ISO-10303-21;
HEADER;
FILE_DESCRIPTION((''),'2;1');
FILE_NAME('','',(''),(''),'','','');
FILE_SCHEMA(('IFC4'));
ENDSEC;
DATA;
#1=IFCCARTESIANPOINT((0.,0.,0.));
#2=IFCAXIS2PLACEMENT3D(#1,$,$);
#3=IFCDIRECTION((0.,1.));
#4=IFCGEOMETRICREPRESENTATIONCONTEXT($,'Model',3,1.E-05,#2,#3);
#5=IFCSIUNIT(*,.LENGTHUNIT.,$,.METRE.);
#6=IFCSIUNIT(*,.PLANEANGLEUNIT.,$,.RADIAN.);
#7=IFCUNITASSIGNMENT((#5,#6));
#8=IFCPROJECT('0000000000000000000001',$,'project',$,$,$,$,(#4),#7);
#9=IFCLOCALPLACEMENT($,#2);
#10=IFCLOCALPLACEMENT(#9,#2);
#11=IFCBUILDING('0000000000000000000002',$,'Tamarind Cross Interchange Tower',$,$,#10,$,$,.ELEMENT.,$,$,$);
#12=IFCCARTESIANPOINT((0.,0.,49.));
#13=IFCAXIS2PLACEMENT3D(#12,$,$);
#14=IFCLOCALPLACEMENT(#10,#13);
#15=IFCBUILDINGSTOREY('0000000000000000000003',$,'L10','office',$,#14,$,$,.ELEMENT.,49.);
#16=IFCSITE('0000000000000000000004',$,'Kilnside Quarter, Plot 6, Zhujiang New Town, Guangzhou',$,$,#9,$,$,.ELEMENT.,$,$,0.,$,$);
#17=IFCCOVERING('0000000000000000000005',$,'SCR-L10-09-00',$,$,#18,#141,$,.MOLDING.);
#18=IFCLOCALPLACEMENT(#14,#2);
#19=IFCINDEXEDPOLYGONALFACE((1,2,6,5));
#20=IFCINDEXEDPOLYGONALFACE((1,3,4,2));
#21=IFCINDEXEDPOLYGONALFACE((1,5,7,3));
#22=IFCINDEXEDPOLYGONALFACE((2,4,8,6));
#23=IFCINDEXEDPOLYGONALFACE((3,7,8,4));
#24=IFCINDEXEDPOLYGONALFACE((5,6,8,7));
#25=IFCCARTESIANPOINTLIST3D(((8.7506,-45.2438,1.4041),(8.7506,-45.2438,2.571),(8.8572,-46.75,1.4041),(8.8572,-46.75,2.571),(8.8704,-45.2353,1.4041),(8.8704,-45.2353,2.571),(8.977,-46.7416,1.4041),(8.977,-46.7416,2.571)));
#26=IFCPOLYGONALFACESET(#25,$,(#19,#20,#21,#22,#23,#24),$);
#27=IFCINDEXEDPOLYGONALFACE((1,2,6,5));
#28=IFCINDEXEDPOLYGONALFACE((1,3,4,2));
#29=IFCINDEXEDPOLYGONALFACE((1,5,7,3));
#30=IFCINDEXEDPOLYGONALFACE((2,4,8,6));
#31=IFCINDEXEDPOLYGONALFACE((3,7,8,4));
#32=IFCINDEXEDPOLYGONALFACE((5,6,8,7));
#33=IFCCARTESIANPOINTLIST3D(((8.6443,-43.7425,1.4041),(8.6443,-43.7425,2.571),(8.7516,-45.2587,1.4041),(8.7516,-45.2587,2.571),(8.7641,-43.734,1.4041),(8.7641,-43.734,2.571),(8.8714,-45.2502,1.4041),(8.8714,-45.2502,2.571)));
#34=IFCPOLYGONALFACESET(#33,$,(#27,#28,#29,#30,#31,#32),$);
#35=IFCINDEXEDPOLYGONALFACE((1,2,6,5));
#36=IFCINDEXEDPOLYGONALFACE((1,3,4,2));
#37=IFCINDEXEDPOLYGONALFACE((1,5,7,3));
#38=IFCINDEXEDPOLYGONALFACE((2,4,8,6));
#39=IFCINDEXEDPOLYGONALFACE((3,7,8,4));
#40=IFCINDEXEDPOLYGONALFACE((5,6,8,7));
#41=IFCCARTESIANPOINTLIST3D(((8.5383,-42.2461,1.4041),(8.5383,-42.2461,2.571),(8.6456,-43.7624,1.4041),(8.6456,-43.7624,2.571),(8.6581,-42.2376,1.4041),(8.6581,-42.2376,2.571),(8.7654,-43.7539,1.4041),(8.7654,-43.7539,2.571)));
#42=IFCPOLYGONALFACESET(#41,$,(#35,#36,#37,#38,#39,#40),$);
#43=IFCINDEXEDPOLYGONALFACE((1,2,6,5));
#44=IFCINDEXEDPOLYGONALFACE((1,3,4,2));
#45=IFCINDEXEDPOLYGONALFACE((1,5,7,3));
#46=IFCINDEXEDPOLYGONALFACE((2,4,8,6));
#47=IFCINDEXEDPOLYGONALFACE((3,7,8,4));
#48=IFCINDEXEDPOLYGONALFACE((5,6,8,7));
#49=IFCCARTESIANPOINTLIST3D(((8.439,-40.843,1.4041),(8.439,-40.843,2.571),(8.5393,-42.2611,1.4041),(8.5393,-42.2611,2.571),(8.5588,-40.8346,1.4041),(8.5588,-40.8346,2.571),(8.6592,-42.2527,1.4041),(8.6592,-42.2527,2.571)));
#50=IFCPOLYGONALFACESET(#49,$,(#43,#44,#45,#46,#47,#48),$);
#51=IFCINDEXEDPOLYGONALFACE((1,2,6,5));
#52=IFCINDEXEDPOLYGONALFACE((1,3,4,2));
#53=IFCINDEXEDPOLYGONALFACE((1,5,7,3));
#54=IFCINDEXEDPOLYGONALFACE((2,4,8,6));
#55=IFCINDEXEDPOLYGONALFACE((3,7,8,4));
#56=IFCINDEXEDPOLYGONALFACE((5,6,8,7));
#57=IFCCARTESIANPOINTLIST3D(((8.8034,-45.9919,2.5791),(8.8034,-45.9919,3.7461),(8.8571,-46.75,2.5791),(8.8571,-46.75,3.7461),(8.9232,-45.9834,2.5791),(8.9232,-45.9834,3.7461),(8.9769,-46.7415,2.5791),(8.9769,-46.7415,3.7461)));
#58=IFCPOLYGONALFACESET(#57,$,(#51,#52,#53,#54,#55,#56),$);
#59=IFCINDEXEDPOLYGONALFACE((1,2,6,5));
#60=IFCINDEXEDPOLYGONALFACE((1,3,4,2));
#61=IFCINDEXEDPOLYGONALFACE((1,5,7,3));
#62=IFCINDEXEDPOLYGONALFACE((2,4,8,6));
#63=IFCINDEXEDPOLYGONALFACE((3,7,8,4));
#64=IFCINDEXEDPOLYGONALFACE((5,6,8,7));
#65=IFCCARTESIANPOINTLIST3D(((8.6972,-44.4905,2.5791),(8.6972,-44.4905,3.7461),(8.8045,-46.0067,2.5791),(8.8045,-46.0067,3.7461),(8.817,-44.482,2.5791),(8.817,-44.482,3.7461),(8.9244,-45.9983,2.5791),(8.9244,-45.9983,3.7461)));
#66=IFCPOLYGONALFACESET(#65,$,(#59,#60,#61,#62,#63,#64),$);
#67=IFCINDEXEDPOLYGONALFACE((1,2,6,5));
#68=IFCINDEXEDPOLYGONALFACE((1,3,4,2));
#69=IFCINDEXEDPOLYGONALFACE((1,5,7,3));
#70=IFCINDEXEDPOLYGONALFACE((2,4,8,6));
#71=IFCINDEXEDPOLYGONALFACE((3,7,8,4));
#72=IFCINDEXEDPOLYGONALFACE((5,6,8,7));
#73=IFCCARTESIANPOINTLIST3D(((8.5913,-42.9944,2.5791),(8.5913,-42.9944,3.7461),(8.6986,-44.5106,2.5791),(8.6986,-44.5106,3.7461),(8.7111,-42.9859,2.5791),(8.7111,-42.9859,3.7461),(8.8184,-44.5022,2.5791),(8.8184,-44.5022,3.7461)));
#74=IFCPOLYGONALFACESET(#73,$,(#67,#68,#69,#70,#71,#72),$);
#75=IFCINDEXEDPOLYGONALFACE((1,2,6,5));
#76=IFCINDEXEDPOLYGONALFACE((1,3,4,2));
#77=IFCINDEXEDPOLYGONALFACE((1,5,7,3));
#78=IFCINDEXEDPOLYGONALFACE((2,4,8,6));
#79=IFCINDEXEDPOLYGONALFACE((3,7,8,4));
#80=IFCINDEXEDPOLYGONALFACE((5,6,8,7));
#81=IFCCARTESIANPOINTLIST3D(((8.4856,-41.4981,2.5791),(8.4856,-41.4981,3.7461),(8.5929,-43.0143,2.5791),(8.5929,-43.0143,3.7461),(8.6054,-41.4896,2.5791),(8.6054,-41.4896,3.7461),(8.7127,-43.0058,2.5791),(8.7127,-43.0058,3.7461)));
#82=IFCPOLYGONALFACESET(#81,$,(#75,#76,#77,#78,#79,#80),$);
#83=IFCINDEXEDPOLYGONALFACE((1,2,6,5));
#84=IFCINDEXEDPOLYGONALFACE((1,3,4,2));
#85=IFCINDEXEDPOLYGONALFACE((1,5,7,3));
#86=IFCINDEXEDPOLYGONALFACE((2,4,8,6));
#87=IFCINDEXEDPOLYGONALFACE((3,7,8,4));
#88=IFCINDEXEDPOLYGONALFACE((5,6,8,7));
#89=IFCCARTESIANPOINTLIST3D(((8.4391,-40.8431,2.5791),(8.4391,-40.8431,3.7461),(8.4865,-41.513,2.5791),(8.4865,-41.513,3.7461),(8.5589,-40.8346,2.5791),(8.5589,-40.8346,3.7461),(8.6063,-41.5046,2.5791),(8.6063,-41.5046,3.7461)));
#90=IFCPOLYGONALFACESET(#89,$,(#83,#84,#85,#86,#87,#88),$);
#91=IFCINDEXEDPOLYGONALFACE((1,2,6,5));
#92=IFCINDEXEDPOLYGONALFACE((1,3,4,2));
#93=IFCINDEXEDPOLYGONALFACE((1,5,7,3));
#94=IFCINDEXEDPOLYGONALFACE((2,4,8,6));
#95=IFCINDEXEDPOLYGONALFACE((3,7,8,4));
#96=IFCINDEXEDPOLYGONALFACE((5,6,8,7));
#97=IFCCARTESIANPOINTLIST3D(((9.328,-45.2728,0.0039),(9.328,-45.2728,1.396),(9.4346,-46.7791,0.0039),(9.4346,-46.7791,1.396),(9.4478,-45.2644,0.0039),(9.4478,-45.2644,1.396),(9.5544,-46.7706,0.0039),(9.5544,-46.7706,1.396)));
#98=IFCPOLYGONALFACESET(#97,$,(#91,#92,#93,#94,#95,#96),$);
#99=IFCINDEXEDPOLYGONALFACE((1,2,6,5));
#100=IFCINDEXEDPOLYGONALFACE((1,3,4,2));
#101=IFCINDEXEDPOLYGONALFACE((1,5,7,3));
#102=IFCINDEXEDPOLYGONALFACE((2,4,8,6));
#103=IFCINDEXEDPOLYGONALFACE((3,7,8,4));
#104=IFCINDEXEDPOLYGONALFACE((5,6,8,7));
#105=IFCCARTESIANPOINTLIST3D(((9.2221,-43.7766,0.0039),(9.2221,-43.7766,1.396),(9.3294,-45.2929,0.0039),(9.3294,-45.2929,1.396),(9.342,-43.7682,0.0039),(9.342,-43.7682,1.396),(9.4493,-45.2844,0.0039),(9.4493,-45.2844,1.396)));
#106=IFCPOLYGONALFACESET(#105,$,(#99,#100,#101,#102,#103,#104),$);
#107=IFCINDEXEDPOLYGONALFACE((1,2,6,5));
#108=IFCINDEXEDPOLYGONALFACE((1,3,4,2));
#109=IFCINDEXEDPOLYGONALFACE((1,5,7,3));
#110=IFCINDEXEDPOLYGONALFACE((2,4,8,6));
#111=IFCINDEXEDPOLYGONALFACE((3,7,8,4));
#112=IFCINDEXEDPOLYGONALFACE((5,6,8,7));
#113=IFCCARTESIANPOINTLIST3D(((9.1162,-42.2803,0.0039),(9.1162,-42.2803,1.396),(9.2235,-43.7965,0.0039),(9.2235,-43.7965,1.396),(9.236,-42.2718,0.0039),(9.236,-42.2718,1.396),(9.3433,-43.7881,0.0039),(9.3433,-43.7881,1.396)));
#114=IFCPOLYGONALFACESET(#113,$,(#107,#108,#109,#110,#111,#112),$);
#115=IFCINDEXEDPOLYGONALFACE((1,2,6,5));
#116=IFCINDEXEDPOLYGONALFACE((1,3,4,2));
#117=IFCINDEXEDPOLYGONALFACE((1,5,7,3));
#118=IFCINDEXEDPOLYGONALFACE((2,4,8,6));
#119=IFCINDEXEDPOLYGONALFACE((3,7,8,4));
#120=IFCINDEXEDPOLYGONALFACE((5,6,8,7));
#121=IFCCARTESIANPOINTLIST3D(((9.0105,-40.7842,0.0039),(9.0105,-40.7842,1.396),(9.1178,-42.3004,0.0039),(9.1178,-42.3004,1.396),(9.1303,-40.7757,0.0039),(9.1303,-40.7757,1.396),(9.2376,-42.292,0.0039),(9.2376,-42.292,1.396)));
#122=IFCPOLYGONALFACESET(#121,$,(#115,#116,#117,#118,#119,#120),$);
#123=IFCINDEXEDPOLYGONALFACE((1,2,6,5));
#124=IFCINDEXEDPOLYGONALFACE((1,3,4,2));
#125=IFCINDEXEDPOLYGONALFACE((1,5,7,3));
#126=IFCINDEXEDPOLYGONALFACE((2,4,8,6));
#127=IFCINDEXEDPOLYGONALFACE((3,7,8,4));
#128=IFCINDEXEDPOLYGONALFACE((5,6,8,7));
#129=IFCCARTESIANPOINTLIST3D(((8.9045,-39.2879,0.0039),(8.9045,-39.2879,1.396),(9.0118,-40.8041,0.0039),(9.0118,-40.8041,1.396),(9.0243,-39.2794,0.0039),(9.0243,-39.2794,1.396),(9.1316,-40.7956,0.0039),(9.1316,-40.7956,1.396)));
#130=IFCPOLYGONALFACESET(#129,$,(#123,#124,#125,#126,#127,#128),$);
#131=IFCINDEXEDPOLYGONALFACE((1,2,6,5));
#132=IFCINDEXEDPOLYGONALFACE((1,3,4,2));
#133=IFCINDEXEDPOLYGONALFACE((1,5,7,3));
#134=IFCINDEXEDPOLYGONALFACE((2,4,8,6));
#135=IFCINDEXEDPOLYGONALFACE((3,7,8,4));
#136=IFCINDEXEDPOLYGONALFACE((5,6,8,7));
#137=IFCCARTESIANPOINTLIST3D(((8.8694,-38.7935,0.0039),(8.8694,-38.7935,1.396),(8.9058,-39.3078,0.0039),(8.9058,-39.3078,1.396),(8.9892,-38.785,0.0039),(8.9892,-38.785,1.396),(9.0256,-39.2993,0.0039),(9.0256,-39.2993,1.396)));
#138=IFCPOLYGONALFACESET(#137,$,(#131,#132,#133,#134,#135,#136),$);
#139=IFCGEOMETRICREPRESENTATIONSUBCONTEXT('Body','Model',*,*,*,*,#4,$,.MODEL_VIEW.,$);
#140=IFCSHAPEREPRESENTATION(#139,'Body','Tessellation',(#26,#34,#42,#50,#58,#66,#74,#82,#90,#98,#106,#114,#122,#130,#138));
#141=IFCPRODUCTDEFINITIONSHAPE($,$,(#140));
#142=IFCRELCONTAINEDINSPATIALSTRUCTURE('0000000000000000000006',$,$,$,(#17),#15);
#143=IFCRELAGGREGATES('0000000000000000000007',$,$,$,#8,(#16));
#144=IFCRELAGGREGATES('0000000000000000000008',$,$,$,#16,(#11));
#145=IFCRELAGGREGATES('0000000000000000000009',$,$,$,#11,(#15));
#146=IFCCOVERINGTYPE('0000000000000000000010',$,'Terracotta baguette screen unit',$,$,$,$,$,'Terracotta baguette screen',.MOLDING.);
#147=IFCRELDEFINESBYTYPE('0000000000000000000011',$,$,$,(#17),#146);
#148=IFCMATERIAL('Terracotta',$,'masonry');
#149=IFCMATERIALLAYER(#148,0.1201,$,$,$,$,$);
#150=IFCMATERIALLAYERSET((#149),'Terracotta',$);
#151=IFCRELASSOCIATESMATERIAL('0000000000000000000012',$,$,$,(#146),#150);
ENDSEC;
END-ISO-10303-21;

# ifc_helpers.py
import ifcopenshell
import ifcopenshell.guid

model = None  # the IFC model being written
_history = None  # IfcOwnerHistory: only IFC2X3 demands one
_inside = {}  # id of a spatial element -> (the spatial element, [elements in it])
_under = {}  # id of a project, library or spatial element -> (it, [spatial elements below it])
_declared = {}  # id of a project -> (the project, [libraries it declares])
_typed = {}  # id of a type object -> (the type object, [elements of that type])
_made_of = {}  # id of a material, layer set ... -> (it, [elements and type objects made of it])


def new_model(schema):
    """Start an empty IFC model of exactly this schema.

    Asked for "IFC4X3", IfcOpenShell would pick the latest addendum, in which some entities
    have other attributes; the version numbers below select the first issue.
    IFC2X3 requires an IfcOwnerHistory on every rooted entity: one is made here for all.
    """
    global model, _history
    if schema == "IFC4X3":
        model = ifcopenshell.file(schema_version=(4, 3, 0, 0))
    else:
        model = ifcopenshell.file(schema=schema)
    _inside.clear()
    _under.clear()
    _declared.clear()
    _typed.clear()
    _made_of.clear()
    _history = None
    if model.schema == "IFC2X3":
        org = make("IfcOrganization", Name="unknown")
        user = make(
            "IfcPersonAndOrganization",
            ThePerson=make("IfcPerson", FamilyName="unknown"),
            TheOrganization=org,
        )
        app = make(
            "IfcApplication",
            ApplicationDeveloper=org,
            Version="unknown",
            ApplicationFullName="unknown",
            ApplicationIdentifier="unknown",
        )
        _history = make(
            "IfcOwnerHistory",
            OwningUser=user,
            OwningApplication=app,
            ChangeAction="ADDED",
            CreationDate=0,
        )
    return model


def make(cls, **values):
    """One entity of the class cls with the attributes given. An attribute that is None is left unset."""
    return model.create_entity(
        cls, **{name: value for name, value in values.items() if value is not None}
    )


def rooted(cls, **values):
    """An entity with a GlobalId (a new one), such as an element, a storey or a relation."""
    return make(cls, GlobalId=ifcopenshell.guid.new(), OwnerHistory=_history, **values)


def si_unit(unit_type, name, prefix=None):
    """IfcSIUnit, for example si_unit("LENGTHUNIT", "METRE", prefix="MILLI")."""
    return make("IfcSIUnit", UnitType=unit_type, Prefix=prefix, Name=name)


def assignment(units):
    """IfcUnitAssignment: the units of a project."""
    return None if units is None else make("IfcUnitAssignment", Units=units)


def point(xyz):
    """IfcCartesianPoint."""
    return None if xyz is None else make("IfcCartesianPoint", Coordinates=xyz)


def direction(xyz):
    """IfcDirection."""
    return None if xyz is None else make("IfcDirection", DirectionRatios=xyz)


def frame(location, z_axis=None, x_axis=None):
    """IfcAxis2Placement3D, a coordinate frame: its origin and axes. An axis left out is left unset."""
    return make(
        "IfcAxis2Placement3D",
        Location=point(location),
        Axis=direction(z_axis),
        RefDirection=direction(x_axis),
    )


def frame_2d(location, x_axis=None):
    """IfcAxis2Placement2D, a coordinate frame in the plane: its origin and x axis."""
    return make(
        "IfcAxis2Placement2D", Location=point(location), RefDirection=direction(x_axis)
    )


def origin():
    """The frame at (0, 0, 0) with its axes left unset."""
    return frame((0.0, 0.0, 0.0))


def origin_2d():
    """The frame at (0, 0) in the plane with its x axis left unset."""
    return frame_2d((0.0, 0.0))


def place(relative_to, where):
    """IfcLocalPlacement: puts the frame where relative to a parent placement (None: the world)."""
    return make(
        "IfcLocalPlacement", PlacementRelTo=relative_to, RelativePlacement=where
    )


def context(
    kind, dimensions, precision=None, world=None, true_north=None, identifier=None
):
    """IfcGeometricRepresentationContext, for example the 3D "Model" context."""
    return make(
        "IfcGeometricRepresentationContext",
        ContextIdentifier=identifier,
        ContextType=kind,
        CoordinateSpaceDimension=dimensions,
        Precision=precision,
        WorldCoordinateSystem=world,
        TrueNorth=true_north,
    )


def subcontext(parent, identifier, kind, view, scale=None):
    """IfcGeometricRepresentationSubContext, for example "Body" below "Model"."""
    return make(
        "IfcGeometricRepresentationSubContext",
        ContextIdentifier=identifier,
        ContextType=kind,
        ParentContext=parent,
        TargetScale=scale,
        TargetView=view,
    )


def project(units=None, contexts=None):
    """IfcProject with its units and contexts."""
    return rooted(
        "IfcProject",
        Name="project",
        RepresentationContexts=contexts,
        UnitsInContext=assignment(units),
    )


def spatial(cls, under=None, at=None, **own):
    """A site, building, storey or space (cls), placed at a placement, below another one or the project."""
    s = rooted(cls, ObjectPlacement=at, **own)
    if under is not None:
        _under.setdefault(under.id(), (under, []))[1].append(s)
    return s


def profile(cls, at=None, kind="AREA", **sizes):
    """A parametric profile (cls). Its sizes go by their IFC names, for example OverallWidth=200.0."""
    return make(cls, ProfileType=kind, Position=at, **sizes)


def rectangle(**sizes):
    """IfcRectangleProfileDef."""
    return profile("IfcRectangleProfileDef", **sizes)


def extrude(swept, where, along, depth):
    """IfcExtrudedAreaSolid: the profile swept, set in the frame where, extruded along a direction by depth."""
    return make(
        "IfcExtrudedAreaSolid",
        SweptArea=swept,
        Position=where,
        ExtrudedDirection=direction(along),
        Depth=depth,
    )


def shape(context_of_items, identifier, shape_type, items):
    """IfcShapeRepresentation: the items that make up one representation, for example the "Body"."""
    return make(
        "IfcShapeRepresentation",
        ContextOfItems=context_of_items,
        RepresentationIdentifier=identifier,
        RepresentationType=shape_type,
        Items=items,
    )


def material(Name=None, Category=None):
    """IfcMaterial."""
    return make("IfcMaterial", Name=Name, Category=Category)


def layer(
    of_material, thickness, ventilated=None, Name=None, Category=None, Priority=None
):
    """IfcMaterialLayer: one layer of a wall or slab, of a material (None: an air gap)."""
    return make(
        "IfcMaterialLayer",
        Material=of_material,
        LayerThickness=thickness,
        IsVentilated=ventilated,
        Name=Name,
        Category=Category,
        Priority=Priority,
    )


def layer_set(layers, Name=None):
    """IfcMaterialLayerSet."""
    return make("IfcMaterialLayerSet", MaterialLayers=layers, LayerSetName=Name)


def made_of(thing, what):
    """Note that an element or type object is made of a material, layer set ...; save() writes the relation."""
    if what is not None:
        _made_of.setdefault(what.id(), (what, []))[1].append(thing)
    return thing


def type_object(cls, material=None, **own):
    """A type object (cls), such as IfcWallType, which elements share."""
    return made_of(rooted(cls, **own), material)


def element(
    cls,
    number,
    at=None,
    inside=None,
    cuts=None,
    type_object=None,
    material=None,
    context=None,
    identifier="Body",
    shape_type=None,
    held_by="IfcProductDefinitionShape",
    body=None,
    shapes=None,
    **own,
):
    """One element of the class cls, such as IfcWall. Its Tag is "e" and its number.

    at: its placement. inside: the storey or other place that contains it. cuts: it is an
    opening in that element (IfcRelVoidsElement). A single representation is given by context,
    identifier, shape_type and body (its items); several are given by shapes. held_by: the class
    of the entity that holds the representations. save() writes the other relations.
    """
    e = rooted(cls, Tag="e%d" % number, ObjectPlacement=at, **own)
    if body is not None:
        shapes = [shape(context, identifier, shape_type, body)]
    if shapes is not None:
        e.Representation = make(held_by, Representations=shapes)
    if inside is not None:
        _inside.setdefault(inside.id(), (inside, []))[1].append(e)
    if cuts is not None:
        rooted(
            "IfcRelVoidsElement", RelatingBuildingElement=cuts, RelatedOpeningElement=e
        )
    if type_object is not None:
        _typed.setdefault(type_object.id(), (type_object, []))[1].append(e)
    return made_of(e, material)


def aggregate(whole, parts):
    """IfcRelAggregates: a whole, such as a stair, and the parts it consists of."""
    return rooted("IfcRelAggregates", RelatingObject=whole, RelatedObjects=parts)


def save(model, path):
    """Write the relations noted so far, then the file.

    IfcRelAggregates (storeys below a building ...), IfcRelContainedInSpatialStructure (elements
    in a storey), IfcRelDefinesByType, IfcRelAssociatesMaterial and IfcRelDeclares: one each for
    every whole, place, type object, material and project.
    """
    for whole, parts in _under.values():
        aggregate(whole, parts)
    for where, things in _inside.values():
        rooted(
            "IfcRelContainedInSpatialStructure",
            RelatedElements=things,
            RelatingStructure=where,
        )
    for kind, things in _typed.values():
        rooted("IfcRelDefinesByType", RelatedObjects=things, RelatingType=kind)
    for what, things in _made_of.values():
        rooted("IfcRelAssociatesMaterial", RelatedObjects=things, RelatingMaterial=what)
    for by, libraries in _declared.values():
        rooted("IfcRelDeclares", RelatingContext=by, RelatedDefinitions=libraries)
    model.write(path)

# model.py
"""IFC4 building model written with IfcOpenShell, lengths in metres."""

from ifc_helpers import new_model, si_unit, direction, frame, origin, origin_2d, place, context, subcontext, project, spatial, rectangle, extrude, material, layer, layer_set, type_object, element, save


model = new_model("IFC4")

# Units and contexts
model_context = context("Model", 3, precision=1e-05, world=origin(), true_north=direction((0.0, 1.0)))
body_context = subcontext(model_context, "Body", "Model", "MODEL_VIEW")
ifc_project = project(units=[si_unit("LENGTHUNIT", "METRE"), si_unit("PLANEANGLEUNIT", "RADIAN")], contexts=[model_context])

# Site, building, storey
site_placement = place(None, origin())
site = spatial("IfcSite", under=ifc_project, at=site_placement, Name="Kilnside Quarter, Plot 6, Zhujiang New Town, Guangzhou", CompositionType="ELEMENT", RefElevation=0.0)
building_placement = place(site_placement, origin())
building = spatial("IfcBuilding", under=site, at=building_placement, Name="Tamarind Cross Interchange Tower", CompositionType="ELEMENT")
storey_placement = place(building_placement, frame((0.0, 0.0, 49.0)))
storey = spatial("IfcBuildingStorey", under=building, at=storey_placement, Name="L10", Description="office", CompositionType="ELEMENT", Elevation=49.0)

# Covering
ifc_material_1 = material(Name="Terracotta", Category="masonry")
ifc_layer_1 = layer(ifc_material_1, 0.1201)
ifc_layer_set_1 = layer_set([ifc_layer_1], Name="Terracotta")
covering_type = type_object("IfcCoveringType", Name="Terracotta baguette screen unit", ElementType="Terracotta baguette screen", PredefinedType="MOLDING", material=ifc_layer_set_1)
covering_1_placement = place(storey_placement, origin())
element("IfcCovering", 1, at=covering_1_placement, inside=storey, type_object=covering_type, Name="SCR-L10-09-00", PredefinedType="MOLDING", context=body_context, shape_type="SweptSolid", body=[
    extrude(rectangle(XDim=1.51, YDim=0.1201, at=origin_2d()), frame((8.8638, -45.9927, 1.4041), z_axis=(0.0, 0.0, 1.0), x_axis=(-0.070594, 0.997505, 0.0)), (0.0, 0.0, 1.0), 1.167),
    extrude(rectangle(XDim=1.52, YDim=0.1201, at=origin_2d()), frame((8.7578, -44.4963, 1.4041), z_axis=(0.0, 0.0, 1.0), x_axis=(-0.070594, 0.997505, 0.0)), (0.0, 0.0, 1.0), 1.167),
    extrude(rectangle(XDim=1.52, YDim=0.1201, at=origin_2d()), frame((8.6519, -43.0, 1.4041), z_axis=(0.0, 0.0, 1.0), x_axis=(-0.070594, 0.997505, 0.0)), (0.0, 0.0, 1.0), 1.167),
    extrude(rectangle(XDim=1.4216, YDim=0.1201, at=origin_2d()), frame((8.5491, -41.5479, 1.4041), z_axis=(0.0, 0.0, 1.0), x_axis=(-0.070594, 0.997505, 0.0)), (0.0, 0.0, 1.0), 1.167),
    extrude(rectangle(XDim=0.76, YDim=0.1201, at=origin_2d()), frame((8.8901, -46.3667, 2.5791), z_axis=(0.0, 0.0, 1.0), x_axis=(-0.070594, 0.997505, 0.0)), (0.0, 0.0, 1.0), 1.167),
    extrude(rectangle(XDim=1.52, YDim=0.1201, at=origin_2d()), frame((8.8108, -45.2444, 2.5791), z_axis=(0.0, 0.0, 1.0), x_axis=(-0.070594, 0.997505, 0.0)), (0.0, 0.0, 1.0), 1.167),
    extrude(rectangle(XDim=1.52, YDim=0.1201, at=origin_2d()), frame((8.7048, -43.7483, 2.5791), z_axis=(0.0, 0.0, 1.0), x_axis=(-0.070594, 0.997505, 0.0)), (0.0, 0.0, 1.0), 1.167),
    extrude(rectangle(XDim=1.52, YDim=0.1201, at=origin_2d()), frame((8.5991, -42.252, 2.5791), z_axis=(0.0, 0.0, 1.0), x_axis=(-0.070594, 0.997505, 0.0)), (0.0, 0.0, 1.0), 1.167),
    extrude(rectangle(XDim=0.6716, YDim=0.1201, at=origin_2d()), frame((8.5227, -41.1738, 2.5791), z_axis=(0.0, 0.0, 1.0), x_axis=(-0.070594, 0.997505, 0.0)), (0.0, 0.0, 1.0), 1.167),
    extrude(rectangle(XDim=1.51, YDim=0.1201, at=origin_2d()), frame((9.4412, -46.0217, 0.0039), z_axis=(0.0, 0.0, 1.0), x_axis=(-0.070594, 0.997505, 0.0)), (0.0, 0.0, 1.0), 1.3921),
    extrude(rectangle(XDim=1.52, YDim=0.1201, at=origin_2d()), frame((9.3357, -44.5305, 0.0039), z_axis=(0.0, 0.0, 1.0), x_axis=(-0.070594, 0.997505, 0.0)), (0.0, 0.0, 1.0), 1.3921),
    extrude(rectangle(XDim=1.52, YDim=0.1201, at=origin_2d()), frame((9.2297, -43.0342, 0.0039), z_axis=(0.0, 0.0, 1.0), x_axis=(-0.070594, 0.997505, 0.0)), (0.0, 0.0, 1.0), 1.3921),
    extrude(rectangle(XDim=1.52, YDim=0.1201, at=origin_2d()), frame((9.124, -41.5381, 0.0039), z_axis=(0.0, 0.0, 1.0), x_axis=(-0.070594, 0.997505, 0.0)), (0.0, 0.0, 1.0), 1.3921),
    extrude(rectangle(XDim=1.52, YDim=0.1201, at=origin_2d()), frame((9.0181, -40.0417, 0.0039), z_axis=(0.0, 0.0, 1.0), x_axis=(-0.070594, 0.997505, 0.0)), (0.0, 0.0, 1.0), 1.3921),
    extrude(rectangle(XDim=0.5156, YDim=0.1201, at=origin_2d()), frame((8.9475, -39.0464, 0.0039), z_axis=(0.0, 0.0, 1.0), x_axis=(-0.070594, 0.997505, 0.0)), (0.0, 0.0, 1.0), 1.3921),
])

save(model, "model.ifc")
